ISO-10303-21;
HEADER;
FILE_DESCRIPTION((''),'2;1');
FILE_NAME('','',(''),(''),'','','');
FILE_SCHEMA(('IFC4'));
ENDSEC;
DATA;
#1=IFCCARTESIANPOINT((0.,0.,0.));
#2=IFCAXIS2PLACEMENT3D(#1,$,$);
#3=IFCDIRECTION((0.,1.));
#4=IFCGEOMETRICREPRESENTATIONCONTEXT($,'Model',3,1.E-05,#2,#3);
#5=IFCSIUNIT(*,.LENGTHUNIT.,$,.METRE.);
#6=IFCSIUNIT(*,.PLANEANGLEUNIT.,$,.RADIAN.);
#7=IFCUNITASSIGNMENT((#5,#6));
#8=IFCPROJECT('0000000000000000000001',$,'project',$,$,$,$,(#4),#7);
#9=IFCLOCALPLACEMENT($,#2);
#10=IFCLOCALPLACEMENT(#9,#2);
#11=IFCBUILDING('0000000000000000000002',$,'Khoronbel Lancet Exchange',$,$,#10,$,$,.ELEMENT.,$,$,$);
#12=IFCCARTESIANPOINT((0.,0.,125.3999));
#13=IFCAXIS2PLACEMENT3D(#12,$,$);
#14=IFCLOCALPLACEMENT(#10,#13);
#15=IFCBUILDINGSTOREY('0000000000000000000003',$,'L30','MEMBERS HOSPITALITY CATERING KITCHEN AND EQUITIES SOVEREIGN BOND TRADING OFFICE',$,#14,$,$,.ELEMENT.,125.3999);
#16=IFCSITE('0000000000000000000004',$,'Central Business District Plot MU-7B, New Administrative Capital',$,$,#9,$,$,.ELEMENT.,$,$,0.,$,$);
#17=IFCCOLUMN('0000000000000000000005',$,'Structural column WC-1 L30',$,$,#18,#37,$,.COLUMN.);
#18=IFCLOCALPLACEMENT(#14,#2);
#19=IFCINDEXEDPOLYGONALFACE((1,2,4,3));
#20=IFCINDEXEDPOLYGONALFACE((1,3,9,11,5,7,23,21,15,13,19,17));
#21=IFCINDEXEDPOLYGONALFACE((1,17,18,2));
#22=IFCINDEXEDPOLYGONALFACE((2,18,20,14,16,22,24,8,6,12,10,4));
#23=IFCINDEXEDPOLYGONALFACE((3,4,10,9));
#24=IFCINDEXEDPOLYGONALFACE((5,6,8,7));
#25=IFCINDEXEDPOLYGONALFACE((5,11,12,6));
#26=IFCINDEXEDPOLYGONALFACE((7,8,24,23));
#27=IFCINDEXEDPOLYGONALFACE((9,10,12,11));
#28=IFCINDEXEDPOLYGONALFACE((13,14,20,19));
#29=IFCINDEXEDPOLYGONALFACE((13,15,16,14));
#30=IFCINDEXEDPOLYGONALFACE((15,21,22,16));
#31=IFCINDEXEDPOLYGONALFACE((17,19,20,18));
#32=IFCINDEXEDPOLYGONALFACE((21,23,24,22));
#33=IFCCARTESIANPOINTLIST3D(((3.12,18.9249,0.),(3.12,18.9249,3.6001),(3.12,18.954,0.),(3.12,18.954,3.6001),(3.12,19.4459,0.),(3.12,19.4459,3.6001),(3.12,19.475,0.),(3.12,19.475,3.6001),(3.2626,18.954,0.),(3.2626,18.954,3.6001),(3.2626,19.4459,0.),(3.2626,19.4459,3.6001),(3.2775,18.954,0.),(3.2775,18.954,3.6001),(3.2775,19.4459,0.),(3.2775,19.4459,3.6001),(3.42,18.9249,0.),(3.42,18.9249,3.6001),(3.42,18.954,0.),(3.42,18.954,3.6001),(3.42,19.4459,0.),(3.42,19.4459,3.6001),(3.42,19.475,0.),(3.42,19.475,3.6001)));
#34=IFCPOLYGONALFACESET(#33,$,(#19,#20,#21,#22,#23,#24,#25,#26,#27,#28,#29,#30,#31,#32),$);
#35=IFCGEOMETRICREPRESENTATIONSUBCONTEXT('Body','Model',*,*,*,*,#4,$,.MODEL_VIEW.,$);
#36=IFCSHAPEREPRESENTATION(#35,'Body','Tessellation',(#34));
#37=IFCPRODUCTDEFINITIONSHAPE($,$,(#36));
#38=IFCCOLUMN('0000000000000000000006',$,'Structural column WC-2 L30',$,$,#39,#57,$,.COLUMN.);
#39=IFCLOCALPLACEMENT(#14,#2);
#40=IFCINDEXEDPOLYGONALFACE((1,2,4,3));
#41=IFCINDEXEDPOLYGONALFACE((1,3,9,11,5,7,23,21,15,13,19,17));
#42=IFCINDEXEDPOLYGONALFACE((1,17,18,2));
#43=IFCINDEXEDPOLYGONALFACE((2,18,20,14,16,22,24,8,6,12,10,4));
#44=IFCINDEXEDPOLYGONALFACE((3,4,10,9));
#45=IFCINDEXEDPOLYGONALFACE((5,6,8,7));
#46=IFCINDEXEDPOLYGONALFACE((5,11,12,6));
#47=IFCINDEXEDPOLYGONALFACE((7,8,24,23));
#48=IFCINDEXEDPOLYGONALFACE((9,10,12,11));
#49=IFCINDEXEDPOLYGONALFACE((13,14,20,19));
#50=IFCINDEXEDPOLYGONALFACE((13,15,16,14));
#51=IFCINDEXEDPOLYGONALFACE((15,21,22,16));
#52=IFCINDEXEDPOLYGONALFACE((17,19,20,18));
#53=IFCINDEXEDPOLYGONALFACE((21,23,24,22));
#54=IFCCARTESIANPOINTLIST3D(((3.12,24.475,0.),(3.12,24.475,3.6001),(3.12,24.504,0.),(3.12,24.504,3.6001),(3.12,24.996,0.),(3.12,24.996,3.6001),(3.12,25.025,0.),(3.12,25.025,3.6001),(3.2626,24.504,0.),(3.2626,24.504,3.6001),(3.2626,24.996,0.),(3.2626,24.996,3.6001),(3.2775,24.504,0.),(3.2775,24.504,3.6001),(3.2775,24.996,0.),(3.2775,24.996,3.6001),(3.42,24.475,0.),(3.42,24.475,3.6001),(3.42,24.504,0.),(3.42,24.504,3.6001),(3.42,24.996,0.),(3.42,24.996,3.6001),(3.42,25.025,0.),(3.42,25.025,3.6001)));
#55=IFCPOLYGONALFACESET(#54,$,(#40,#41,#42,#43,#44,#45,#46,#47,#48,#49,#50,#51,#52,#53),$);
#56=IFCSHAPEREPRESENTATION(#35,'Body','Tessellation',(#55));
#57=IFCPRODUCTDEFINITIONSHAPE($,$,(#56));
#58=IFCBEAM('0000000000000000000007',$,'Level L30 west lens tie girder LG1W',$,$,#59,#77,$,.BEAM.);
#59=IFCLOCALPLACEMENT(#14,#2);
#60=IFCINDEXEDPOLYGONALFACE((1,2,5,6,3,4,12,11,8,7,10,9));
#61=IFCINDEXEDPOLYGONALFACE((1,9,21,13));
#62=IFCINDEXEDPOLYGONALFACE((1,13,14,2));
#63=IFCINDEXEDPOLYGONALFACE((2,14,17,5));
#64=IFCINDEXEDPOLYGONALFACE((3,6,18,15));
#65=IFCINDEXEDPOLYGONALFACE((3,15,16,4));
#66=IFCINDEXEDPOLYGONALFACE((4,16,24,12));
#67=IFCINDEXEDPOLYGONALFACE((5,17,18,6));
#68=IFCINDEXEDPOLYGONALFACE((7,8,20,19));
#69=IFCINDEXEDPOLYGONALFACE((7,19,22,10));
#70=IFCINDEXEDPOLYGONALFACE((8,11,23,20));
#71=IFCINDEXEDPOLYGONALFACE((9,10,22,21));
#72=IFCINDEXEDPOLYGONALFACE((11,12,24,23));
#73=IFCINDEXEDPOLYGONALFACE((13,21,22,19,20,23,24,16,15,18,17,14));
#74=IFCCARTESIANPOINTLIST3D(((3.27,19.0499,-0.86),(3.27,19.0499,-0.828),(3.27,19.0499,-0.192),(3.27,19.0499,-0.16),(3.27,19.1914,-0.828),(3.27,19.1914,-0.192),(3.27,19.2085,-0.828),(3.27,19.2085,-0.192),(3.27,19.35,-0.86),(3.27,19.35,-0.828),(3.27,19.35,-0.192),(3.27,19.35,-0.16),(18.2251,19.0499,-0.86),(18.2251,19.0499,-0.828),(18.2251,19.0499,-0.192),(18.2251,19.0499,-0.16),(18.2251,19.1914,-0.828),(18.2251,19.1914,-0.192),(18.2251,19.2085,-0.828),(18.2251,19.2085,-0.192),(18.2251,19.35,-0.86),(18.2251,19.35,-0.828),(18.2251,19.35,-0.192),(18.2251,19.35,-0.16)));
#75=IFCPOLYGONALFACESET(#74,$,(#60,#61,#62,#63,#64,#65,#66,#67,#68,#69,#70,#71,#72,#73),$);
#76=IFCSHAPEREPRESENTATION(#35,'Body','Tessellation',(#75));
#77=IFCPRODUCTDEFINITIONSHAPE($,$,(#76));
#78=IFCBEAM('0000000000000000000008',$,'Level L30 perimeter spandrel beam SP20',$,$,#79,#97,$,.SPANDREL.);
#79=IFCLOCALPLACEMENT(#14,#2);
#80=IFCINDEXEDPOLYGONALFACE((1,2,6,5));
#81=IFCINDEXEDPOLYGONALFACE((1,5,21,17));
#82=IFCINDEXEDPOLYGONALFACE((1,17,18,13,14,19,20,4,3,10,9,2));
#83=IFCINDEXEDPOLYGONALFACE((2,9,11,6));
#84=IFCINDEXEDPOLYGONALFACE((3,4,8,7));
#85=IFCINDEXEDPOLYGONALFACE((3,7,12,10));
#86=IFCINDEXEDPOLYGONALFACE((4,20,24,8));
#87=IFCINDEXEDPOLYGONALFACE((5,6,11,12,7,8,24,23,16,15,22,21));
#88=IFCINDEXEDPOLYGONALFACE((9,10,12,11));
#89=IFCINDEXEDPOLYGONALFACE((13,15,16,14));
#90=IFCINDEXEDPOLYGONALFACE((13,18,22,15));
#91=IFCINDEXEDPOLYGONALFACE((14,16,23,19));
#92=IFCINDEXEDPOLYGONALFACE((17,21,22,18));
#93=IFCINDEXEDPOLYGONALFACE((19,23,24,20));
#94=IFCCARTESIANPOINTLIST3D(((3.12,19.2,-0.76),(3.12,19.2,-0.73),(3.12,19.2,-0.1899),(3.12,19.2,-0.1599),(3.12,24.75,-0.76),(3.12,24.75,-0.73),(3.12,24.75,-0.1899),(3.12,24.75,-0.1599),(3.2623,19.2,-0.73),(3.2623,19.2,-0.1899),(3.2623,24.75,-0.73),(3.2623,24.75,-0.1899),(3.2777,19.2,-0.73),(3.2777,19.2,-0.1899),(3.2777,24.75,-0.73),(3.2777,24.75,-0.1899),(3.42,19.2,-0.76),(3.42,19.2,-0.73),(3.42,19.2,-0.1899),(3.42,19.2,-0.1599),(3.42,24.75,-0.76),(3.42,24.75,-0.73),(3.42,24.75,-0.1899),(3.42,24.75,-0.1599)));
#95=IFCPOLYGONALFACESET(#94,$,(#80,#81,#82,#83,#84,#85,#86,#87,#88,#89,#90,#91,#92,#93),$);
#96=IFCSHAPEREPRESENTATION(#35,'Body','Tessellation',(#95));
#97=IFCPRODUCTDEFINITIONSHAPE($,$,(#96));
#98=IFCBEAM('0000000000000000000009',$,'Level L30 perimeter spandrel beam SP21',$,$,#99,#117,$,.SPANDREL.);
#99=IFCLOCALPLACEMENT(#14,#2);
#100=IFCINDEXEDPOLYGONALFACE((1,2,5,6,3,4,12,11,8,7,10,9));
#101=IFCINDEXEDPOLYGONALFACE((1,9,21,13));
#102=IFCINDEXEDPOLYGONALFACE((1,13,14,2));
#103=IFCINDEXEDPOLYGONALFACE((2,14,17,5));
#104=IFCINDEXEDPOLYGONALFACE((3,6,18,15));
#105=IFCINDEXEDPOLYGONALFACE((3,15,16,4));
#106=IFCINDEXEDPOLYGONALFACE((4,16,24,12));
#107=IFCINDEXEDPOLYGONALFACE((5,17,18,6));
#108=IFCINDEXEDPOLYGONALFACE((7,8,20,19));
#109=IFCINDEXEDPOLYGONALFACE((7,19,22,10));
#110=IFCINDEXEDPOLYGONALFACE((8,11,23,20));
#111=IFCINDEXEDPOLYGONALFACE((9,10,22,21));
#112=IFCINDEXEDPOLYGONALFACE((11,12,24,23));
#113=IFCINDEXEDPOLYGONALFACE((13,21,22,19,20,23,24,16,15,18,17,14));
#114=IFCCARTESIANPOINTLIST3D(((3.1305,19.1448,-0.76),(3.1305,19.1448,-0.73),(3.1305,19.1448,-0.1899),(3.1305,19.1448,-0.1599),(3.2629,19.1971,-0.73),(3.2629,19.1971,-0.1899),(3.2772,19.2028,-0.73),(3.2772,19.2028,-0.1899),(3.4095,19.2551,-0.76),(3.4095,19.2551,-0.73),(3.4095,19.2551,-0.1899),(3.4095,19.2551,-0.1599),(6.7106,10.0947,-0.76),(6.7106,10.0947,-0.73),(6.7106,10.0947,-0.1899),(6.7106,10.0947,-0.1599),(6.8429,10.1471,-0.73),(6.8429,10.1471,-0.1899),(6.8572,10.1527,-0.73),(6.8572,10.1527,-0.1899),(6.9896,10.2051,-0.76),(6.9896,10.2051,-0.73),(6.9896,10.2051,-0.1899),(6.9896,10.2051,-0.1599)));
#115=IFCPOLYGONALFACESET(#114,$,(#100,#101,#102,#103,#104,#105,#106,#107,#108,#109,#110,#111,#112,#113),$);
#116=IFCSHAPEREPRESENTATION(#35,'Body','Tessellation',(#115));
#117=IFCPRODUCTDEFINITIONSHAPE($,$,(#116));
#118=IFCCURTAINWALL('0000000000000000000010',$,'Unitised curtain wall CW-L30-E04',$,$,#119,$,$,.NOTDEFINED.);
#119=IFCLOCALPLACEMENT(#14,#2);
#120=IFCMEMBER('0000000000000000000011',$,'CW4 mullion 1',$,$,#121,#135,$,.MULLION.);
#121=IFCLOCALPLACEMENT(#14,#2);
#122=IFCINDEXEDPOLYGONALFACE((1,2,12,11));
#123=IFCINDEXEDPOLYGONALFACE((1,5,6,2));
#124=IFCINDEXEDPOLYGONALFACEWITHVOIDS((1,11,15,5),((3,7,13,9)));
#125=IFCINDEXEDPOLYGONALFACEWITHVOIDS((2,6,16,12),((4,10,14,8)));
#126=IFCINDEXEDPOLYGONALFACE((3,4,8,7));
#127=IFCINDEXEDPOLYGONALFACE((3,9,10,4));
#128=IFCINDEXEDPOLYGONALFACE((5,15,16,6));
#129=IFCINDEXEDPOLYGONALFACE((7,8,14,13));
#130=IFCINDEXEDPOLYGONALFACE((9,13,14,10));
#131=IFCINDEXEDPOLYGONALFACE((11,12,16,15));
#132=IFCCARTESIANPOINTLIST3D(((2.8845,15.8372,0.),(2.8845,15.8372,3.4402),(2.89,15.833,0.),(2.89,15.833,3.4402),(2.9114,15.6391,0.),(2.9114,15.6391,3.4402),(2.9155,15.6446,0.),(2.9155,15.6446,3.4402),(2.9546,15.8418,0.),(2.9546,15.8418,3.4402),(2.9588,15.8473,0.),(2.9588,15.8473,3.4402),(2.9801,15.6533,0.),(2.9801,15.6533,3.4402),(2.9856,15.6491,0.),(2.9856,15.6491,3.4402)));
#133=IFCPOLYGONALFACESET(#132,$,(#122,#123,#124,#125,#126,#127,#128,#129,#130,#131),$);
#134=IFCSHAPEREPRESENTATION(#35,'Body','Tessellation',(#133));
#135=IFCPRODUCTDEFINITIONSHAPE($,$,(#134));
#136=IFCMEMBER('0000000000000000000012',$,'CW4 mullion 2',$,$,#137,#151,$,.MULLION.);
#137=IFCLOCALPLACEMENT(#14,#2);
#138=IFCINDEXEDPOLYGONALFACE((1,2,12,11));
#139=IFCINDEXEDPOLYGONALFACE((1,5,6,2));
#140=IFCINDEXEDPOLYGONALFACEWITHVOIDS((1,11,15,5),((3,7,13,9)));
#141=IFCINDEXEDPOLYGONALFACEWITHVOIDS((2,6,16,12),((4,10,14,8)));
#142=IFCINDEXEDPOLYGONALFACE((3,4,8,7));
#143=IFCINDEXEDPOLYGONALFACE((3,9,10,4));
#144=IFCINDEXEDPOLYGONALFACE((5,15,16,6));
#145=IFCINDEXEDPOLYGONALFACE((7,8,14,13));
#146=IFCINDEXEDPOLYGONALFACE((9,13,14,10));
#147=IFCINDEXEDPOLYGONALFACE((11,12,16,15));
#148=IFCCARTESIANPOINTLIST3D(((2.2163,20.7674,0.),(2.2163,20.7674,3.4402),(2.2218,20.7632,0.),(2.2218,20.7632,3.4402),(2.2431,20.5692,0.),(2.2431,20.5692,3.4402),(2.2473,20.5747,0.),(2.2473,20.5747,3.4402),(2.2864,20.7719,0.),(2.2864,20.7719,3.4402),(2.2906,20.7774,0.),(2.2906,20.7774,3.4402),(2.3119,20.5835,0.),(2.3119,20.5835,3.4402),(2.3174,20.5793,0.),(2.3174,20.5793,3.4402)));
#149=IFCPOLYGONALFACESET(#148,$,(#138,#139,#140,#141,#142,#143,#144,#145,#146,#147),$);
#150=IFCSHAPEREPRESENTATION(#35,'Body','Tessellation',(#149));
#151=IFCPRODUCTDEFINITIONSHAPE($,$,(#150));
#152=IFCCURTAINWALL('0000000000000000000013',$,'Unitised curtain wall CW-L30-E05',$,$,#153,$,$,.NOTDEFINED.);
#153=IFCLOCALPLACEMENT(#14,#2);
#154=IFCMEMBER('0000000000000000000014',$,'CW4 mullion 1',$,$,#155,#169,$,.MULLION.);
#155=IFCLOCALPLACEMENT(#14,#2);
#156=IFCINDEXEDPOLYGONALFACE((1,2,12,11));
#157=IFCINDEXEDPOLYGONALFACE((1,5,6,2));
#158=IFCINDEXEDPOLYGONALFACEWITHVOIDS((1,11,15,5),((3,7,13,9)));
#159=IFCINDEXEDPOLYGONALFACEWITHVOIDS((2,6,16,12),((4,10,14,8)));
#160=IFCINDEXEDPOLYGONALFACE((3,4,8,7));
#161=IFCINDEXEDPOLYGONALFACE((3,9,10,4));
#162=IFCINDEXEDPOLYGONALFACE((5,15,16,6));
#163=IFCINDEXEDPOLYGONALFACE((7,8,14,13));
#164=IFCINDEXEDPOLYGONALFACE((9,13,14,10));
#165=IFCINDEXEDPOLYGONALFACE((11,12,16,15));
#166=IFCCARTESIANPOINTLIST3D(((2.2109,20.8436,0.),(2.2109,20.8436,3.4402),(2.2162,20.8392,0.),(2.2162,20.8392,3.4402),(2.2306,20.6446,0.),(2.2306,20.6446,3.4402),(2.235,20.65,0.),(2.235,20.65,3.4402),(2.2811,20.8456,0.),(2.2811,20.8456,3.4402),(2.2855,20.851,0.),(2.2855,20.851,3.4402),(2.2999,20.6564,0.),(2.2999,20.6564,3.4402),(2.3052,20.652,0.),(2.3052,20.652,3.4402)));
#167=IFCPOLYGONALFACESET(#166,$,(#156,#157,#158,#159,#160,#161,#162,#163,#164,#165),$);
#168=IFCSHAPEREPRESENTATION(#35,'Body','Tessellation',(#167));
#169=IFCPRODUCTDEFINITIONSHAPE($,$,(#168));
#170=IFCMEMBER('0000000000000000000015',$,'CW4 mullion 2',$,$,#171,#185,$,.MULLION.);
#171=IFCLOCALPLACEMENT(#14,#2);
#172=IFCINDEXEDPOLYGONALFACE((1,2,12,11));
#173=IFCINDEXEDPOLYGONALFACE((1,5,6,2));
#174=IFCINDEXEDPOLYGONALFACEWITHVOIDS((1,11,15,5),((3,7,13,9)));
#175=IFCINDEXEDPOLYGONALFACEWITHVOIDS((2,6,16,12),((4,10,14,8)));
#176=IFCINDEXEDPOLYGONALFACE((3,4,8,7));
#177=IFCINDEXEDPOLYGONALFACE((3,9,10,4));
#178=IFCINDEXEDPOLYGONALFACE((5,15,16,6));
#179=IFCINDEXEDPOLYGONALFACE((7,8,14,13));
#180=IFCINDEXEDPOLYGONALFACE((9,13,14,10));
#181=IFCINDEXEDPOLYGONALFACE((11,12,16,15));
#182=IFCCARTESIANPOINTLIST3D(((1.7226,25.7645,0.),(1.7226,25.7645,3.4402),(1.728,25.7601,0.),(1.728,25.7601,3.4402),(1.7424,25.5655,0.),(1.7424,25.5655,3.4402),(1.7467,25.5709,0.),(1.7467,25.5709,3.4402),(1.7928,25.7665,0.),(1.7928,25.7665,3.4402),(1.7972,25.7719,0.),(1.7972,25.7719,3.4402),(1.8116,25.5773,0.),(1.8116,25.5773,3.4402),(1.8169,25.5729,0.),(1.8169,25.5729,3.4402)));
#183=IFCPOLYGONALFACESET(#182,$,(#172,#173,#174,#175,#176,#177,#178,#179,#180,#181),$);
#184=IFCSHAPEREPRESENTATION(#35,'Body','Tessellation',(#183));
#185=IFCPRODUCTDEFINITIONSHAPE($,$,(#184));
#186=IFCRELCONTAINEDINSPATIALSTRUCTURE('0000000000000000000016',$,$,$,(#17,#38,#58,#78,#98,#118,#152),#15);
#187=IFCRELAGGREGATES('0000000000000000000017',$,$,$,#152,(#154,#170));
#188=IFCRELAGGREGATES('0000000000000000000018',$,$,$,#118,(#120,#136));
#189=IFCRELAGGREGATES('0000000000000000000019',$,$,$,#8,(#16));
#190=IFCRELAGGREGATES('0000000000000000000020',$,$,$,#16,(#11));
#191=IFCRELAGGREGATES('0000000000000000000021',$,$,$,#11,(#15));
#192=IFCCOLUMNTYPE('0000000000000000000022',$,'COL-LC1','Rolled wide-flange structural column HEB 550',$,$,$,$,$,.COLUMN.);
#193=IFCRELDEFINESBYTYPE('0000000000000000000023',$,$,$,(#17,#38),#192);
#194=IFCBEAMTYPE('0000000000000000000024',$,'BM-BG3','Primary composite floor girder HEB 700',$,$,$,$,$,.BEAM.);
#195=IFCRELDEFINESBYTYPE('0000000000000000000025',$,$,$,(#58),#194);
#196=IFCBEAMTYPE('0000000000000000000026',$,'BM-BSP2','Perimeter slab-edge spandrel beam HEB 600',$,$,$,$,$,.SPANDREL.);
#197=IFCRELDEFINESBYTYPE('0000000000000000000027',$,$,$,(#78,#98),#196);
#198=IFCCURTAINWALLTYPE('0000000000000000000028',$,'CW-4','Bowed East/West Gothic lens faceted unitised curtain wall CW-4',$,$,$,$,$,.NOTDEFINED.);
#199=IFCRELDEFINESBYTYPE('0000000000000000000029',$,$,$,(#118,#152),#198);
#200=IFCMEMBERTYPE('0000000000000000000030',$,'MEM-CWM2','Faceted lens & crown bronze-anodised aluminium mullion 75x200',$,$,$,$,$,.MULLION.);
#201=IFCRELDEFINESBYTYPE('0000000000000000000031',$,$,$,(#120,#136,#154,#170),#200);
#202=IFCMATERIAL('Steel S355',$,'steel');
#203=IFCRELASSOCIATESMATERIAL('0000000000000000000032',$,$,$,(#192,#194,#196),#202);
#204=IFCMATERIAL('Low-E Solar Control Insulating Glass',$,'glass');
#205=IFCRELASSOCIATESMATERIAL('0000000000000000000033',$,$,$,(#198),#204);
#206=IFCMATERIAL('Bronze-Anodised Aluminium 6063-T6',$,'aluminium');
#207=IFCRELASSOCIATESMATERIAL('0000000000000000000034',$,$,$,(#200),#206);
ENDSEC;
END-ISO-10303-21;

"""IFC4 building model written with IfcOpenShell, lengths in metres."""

from ifc_helpers import new_model, si_unit, direction, frame, origin, origin_2d, place, context, subcontext, project, spatial, hollow_rectangle, i_section, extrude, material, material_profile, profile_set, type_object, element, aggregate, save


model = new_model("IFC4")

# Units and contexts
model_context = context("Model", 3, precision=1e-05, world=origin(), true_north=direction((0.0, 1.0)))
body_context = subcontext(model_context, "Body", "Model", "MODEL_VIEW")
ifc_project = project(units=[si_unit("LENGTHUNIT", "METRE"), si_unit("PLANEANGLEUNIT", "RADIAN")], contexts=[model_context])

# Site, building, storey
site_placement = place(None, origin())
site = spatial("IfcSite", under=ifc_project, at=site_placement, Name="Central Business District Plot MU-7B, New Administrative Capital", CompositionType="ELEMENT", RefElevation=0.0)
building_placement = place(site_placement, origin())
building = spatial("IfcBuilding", under=site, at=building_placement, Name="Khoronbel Lancet Exchange", CompositionType="ELEMENT")
storey_placement = place(building_placement, frame((0.0, 0.0, 125.3999)))
storey = spatial("IfcBuildingStorey", under=building, at=storey_placement, Name="L30", Description="MEMBERS HOSPITALITY CATERING KITCHEN AND EQUITIES SOVEREIGN BOND TRADING OFFICE", CompositionType="ELEMENT", Elevation=125.3999)

# Columns
ifc_material_1 = material(Name="Steel S355", Category="steel")
ifc_material_profile_1 = material_profile(ifc_material_1, i_section(OverallWidth=0.3, OverallDepth=0.55, WebThickness=0.0149, FlangeThickness=0.0291, at=origin_2d()), Name="HEB 550")
ifc_profile_set_1 = profile_set([ifc_material_profile_1], Name="Steel S355")
column_type = type_object("IfcColumnType", Name="COL-LC1", Description="Rolled wide-flange structural column HEB 550", PredefinedType="COLUMN", material=ifc_profile_set_1)
for number, where, z_axis, x_axis, name in (
    (1, (3.27, 19.2, 0.0), (0.0, 0.0, 1.0), (1.0, 0.0, 0.0), "Structural column WC-1 L30"),
    (2, (3.27, 24.75, 0.0), (0.0, 0.0, 1.0), (1.0, 0.0, 0.0), "Structural column WC-2 L30"),
):
    element("IfcColumn", number, at=place(storey_placement, frame(where, z_axis=z_axis, x_axis=x_axis)), inside=storey, type_object=column_type, Name=name, PredefinedType="COLUMN", context=body_context, shape_type="SweptSolid", body=[
        extrude(i_section(OverallWidth=0.3, OverallDepth=0.55, WebThickness=0.0149, FlangeThickness=0.0291, at=origin_2d()), origin(), (0.0, 0.0, 1.0), 3.6001),
    ])

# Beams
ifc_material_profile_2 = material_profile(ifc_material_1, i_section(OverallWidth=0.3, OverallDepth=0.7, WebThickness=0.0171, FlangeThickness=0.032, at=origin_2d()), Name="HEB 700")
ifc_profile_set_2 = profile_set([ifc_material_profile_2], Name="Steel S355")
beam_type_1 = type_object("IfcBeamType", Name="BM-BG3", Description="Primary composite floor girder HEB 700", PredefinedType="BEAM", material=ifc_profile_set_2)
beam_1_placement = place(storey_placement, frame((3.27, 19.2, -0.51), z_axis=(1.0, 0.0, 0.0), x_axis=(0.0, 1.0, 0.0)))
element("IfcBeam", 3, at=beam_1_placement, inside=storey, type_object=beam_type_1, Name="Level L30 west lens tie girder LG1W", PredefinedType="BEAM", context=body_context, shape_type="SweptSolid", body=[
    extrude(i_section(OverallWidth=0.3, OverallDepth=0.7, WebThickness=0.0171, FlangeThickness=0.032, at=origin_2d()), origin(), (0.0, 0.0, 1.0), 14.9551),
])
ifc_material_profile_3 = material_profile(ifc_material_1, i_section(OverallWidth=0.3, OverallDepth=0.6001, WebThickness=0.0154, FlangeThickness=0.03, at=origin_2d()), Name="HEB 600")
ifc_profile_set_3 = profile_set([ifc_material_profile_3], Name="Steel S355")
beam_type_2 = type_object("IfcBeamType", Name="BM-BSP2", Description="Perimeter slab-edge spandrel beam HEB 600", PredefinedType="SPANDREL", material=ifc_profile_set_3)
beam_2_placement = place(storey_placement, frame((3.27, 24.75, -0.46), z_axis=(0.0, -1.0, 0.0), x_axis=(1.0, 0.0, 0.0)))
element("IfcBeam", 4, at=beam_2_placement, inside=storey, type_object=beam_type_2, Name="Level L30 perimeter spandrel beam SP20", PredefinedType="SPANDREL", context=body_context, shape_type="SweptSolid", body=[
    extrude(i_section(OverallWidth=0.3, OverallDepth=0.6001, WebThickness=0.0154, FlangeThickness=0.03, at=origin_2d()), origin(), (0.0, 0.0, 1.0), 5.55),
])
beam_3_placement = place(storey_placement, frame((3.27, 19.2, -0.46), z_axis=(0.36785, -0.929885, 0.0), x_axis=(0.929885, 0.36785, 0.0)))
element("IfcBeam", 5, at=beam_3_placement, inside=storey, type_object=beam_type_2, Name="Level L30 perimeter spandrel beam SP21", PredefinedType="SPANDREL", context=body_context, shape_type="SweptSolid", body=[
    extrude(i_section(OverallWidth=0.3, OverallDepth=0.6001, WebThickness=0.0154, FlangeThickness=0.03, at=origin_2d()), origin(), (0.0, 0.0, 1.0), 9.7324),
])

# Curtain walls, members
ifc_material_2 = material(Name="Low-E Solar Control Insulating Glass", Category="glass")
curtain_wall_type = type_object("IfcCurtainWallType", Name="CW-4", Description="Bowed East/West Gothic lens faceted unitised curtain wall CW-4", PredefinedType="NOTDEFINED", material=ifc_material_2)
curtain_wall_1_placement = place(storey_placement, origin())
curtain_wall_1 = element("IfcCurtainWall", 6, at=curtain_wall_1_placement, inside=storey, type_object=curtain_wall_type, Name="Unitised curtain wall CW-L30-E04", PredefinedType="NOTDEFINED")
ifc_material_3 = material(Name="Bronze-Anodised Aluminium 6063-T6", Category="aluminium")
ifc_material_profile_4 = material_profile(ifc_material_3, hollow_rectangle(XDim=0.075, YDim=0.2, WallThickness=0.0049, at=origin_2d()), Name="ALU MULLION 75x200")
ifc_profile_set_4 = profile_set([ifc_material_profile_4], Name="Bronze-Anodised Aluminium 6063-T6")
member_type_1 = type_object("IfcMemberType", Name="MEM-CWM2", Description="Faceted lens & crown bronze-anodised aluminium mullion 75x200", PredefinedType="MULLION", material=ifc_profile_set_4)
member_1_placement = place(storey_placement, frame((2.9351, 15.7432, 0.0), z_axis=(0.0, 0.0, 1.0), x_axis=(-0.990939, -0.134313, 0.0)))
member_1 = element("IfcMember", 7, at=member_1_placement, type_object=member_type_1, Name="CW4 mullion 1", PredefinedType="MULLION", context=body_context, shape_type="SweptSolid", body=[
    extrude(hollow_rectangle(XDim=0.075, YDim=0.2, WallThickness=0.0049, at=origin_2d()), origin(), (0.0, 0.0, 1.0), 3.4402),
])
member_2_placement = place(storey_placement, frame((2.2668, 20.6733, 0.0), z_axis=(0.0, 0.0, 1.0), x_axis=(-0.990939, -0.134313, 0.0)))
member_2 = element("IfcMember", 8, at=member_2_placement, type_object=member_type_1, Name="CW4 mullion 2", PredefinedType="MULLION", context=body_context, shape_type="SweptSolid", body=[
    extrude(hollow_rectangle(XDim=0.075, YDim=0.2, WallThickness=0.0049, at=origin_2d()), origin(), (0.0, 0.0, 1.0), 3.4402),
])
curtain_wall_2_placement = place(storey_placement, origin())
curtain_wall_2 = element("IfcCurtainWall", 9, at=curtain_wall_2_placement, inside=storey, type_object=curtain_wall_type, Name="Unitised curtain wall CW-L30-E05", PredefinedType="NOTDEFINED")
member_3_placement = place(storey_placement, frame((2.2581, 20.7478, 0.0), z_axis=(0.0, 0.0, 1.0), x_axis=(-0.995113, -0.098742, 0.0)))
member_3 = element("IfcMember", 10, at=member_3_placement, type_object=member_type_1, Name="CW4 mullion 1", PredefinedType="MULLION", context=body_context, shape_type="SweptSolid", body=[
    extrude(hollow_rectangle(XDim=0.075, YDim=0.2, WallThickness=0.0049, at=origin_2d()), origin(), (0.0, 0.0, 1.0), 3.4402),
])
member_4_placement = place(storey_placement, frame((1.7698, 25.6687, 0.0), z_axis=(0.0, 0.0, 1.0), x_axis=(-0.995113, -0.098742, 0.0)))
member_4 = element("IfcMember", 11, at=member_4_placement, type_object=member_type_1, Name="CW4 mullion 2", PredefinedType="MULLION", context=body_context, shape_type="SweptSolid", body=[
    extrude(hollow_rectangle(XDim=0.075, YDim=0.2, WallThickness=0.0049, at=origin_2d()), origin(), (0.0, 0.0, 1.0), 3.4402),
])

aggregate(curtain_wall_2, [member_3, member_4])
aggregate(curtain_wall_1, [member_1, member_2])

save(model, "model.ifc")
